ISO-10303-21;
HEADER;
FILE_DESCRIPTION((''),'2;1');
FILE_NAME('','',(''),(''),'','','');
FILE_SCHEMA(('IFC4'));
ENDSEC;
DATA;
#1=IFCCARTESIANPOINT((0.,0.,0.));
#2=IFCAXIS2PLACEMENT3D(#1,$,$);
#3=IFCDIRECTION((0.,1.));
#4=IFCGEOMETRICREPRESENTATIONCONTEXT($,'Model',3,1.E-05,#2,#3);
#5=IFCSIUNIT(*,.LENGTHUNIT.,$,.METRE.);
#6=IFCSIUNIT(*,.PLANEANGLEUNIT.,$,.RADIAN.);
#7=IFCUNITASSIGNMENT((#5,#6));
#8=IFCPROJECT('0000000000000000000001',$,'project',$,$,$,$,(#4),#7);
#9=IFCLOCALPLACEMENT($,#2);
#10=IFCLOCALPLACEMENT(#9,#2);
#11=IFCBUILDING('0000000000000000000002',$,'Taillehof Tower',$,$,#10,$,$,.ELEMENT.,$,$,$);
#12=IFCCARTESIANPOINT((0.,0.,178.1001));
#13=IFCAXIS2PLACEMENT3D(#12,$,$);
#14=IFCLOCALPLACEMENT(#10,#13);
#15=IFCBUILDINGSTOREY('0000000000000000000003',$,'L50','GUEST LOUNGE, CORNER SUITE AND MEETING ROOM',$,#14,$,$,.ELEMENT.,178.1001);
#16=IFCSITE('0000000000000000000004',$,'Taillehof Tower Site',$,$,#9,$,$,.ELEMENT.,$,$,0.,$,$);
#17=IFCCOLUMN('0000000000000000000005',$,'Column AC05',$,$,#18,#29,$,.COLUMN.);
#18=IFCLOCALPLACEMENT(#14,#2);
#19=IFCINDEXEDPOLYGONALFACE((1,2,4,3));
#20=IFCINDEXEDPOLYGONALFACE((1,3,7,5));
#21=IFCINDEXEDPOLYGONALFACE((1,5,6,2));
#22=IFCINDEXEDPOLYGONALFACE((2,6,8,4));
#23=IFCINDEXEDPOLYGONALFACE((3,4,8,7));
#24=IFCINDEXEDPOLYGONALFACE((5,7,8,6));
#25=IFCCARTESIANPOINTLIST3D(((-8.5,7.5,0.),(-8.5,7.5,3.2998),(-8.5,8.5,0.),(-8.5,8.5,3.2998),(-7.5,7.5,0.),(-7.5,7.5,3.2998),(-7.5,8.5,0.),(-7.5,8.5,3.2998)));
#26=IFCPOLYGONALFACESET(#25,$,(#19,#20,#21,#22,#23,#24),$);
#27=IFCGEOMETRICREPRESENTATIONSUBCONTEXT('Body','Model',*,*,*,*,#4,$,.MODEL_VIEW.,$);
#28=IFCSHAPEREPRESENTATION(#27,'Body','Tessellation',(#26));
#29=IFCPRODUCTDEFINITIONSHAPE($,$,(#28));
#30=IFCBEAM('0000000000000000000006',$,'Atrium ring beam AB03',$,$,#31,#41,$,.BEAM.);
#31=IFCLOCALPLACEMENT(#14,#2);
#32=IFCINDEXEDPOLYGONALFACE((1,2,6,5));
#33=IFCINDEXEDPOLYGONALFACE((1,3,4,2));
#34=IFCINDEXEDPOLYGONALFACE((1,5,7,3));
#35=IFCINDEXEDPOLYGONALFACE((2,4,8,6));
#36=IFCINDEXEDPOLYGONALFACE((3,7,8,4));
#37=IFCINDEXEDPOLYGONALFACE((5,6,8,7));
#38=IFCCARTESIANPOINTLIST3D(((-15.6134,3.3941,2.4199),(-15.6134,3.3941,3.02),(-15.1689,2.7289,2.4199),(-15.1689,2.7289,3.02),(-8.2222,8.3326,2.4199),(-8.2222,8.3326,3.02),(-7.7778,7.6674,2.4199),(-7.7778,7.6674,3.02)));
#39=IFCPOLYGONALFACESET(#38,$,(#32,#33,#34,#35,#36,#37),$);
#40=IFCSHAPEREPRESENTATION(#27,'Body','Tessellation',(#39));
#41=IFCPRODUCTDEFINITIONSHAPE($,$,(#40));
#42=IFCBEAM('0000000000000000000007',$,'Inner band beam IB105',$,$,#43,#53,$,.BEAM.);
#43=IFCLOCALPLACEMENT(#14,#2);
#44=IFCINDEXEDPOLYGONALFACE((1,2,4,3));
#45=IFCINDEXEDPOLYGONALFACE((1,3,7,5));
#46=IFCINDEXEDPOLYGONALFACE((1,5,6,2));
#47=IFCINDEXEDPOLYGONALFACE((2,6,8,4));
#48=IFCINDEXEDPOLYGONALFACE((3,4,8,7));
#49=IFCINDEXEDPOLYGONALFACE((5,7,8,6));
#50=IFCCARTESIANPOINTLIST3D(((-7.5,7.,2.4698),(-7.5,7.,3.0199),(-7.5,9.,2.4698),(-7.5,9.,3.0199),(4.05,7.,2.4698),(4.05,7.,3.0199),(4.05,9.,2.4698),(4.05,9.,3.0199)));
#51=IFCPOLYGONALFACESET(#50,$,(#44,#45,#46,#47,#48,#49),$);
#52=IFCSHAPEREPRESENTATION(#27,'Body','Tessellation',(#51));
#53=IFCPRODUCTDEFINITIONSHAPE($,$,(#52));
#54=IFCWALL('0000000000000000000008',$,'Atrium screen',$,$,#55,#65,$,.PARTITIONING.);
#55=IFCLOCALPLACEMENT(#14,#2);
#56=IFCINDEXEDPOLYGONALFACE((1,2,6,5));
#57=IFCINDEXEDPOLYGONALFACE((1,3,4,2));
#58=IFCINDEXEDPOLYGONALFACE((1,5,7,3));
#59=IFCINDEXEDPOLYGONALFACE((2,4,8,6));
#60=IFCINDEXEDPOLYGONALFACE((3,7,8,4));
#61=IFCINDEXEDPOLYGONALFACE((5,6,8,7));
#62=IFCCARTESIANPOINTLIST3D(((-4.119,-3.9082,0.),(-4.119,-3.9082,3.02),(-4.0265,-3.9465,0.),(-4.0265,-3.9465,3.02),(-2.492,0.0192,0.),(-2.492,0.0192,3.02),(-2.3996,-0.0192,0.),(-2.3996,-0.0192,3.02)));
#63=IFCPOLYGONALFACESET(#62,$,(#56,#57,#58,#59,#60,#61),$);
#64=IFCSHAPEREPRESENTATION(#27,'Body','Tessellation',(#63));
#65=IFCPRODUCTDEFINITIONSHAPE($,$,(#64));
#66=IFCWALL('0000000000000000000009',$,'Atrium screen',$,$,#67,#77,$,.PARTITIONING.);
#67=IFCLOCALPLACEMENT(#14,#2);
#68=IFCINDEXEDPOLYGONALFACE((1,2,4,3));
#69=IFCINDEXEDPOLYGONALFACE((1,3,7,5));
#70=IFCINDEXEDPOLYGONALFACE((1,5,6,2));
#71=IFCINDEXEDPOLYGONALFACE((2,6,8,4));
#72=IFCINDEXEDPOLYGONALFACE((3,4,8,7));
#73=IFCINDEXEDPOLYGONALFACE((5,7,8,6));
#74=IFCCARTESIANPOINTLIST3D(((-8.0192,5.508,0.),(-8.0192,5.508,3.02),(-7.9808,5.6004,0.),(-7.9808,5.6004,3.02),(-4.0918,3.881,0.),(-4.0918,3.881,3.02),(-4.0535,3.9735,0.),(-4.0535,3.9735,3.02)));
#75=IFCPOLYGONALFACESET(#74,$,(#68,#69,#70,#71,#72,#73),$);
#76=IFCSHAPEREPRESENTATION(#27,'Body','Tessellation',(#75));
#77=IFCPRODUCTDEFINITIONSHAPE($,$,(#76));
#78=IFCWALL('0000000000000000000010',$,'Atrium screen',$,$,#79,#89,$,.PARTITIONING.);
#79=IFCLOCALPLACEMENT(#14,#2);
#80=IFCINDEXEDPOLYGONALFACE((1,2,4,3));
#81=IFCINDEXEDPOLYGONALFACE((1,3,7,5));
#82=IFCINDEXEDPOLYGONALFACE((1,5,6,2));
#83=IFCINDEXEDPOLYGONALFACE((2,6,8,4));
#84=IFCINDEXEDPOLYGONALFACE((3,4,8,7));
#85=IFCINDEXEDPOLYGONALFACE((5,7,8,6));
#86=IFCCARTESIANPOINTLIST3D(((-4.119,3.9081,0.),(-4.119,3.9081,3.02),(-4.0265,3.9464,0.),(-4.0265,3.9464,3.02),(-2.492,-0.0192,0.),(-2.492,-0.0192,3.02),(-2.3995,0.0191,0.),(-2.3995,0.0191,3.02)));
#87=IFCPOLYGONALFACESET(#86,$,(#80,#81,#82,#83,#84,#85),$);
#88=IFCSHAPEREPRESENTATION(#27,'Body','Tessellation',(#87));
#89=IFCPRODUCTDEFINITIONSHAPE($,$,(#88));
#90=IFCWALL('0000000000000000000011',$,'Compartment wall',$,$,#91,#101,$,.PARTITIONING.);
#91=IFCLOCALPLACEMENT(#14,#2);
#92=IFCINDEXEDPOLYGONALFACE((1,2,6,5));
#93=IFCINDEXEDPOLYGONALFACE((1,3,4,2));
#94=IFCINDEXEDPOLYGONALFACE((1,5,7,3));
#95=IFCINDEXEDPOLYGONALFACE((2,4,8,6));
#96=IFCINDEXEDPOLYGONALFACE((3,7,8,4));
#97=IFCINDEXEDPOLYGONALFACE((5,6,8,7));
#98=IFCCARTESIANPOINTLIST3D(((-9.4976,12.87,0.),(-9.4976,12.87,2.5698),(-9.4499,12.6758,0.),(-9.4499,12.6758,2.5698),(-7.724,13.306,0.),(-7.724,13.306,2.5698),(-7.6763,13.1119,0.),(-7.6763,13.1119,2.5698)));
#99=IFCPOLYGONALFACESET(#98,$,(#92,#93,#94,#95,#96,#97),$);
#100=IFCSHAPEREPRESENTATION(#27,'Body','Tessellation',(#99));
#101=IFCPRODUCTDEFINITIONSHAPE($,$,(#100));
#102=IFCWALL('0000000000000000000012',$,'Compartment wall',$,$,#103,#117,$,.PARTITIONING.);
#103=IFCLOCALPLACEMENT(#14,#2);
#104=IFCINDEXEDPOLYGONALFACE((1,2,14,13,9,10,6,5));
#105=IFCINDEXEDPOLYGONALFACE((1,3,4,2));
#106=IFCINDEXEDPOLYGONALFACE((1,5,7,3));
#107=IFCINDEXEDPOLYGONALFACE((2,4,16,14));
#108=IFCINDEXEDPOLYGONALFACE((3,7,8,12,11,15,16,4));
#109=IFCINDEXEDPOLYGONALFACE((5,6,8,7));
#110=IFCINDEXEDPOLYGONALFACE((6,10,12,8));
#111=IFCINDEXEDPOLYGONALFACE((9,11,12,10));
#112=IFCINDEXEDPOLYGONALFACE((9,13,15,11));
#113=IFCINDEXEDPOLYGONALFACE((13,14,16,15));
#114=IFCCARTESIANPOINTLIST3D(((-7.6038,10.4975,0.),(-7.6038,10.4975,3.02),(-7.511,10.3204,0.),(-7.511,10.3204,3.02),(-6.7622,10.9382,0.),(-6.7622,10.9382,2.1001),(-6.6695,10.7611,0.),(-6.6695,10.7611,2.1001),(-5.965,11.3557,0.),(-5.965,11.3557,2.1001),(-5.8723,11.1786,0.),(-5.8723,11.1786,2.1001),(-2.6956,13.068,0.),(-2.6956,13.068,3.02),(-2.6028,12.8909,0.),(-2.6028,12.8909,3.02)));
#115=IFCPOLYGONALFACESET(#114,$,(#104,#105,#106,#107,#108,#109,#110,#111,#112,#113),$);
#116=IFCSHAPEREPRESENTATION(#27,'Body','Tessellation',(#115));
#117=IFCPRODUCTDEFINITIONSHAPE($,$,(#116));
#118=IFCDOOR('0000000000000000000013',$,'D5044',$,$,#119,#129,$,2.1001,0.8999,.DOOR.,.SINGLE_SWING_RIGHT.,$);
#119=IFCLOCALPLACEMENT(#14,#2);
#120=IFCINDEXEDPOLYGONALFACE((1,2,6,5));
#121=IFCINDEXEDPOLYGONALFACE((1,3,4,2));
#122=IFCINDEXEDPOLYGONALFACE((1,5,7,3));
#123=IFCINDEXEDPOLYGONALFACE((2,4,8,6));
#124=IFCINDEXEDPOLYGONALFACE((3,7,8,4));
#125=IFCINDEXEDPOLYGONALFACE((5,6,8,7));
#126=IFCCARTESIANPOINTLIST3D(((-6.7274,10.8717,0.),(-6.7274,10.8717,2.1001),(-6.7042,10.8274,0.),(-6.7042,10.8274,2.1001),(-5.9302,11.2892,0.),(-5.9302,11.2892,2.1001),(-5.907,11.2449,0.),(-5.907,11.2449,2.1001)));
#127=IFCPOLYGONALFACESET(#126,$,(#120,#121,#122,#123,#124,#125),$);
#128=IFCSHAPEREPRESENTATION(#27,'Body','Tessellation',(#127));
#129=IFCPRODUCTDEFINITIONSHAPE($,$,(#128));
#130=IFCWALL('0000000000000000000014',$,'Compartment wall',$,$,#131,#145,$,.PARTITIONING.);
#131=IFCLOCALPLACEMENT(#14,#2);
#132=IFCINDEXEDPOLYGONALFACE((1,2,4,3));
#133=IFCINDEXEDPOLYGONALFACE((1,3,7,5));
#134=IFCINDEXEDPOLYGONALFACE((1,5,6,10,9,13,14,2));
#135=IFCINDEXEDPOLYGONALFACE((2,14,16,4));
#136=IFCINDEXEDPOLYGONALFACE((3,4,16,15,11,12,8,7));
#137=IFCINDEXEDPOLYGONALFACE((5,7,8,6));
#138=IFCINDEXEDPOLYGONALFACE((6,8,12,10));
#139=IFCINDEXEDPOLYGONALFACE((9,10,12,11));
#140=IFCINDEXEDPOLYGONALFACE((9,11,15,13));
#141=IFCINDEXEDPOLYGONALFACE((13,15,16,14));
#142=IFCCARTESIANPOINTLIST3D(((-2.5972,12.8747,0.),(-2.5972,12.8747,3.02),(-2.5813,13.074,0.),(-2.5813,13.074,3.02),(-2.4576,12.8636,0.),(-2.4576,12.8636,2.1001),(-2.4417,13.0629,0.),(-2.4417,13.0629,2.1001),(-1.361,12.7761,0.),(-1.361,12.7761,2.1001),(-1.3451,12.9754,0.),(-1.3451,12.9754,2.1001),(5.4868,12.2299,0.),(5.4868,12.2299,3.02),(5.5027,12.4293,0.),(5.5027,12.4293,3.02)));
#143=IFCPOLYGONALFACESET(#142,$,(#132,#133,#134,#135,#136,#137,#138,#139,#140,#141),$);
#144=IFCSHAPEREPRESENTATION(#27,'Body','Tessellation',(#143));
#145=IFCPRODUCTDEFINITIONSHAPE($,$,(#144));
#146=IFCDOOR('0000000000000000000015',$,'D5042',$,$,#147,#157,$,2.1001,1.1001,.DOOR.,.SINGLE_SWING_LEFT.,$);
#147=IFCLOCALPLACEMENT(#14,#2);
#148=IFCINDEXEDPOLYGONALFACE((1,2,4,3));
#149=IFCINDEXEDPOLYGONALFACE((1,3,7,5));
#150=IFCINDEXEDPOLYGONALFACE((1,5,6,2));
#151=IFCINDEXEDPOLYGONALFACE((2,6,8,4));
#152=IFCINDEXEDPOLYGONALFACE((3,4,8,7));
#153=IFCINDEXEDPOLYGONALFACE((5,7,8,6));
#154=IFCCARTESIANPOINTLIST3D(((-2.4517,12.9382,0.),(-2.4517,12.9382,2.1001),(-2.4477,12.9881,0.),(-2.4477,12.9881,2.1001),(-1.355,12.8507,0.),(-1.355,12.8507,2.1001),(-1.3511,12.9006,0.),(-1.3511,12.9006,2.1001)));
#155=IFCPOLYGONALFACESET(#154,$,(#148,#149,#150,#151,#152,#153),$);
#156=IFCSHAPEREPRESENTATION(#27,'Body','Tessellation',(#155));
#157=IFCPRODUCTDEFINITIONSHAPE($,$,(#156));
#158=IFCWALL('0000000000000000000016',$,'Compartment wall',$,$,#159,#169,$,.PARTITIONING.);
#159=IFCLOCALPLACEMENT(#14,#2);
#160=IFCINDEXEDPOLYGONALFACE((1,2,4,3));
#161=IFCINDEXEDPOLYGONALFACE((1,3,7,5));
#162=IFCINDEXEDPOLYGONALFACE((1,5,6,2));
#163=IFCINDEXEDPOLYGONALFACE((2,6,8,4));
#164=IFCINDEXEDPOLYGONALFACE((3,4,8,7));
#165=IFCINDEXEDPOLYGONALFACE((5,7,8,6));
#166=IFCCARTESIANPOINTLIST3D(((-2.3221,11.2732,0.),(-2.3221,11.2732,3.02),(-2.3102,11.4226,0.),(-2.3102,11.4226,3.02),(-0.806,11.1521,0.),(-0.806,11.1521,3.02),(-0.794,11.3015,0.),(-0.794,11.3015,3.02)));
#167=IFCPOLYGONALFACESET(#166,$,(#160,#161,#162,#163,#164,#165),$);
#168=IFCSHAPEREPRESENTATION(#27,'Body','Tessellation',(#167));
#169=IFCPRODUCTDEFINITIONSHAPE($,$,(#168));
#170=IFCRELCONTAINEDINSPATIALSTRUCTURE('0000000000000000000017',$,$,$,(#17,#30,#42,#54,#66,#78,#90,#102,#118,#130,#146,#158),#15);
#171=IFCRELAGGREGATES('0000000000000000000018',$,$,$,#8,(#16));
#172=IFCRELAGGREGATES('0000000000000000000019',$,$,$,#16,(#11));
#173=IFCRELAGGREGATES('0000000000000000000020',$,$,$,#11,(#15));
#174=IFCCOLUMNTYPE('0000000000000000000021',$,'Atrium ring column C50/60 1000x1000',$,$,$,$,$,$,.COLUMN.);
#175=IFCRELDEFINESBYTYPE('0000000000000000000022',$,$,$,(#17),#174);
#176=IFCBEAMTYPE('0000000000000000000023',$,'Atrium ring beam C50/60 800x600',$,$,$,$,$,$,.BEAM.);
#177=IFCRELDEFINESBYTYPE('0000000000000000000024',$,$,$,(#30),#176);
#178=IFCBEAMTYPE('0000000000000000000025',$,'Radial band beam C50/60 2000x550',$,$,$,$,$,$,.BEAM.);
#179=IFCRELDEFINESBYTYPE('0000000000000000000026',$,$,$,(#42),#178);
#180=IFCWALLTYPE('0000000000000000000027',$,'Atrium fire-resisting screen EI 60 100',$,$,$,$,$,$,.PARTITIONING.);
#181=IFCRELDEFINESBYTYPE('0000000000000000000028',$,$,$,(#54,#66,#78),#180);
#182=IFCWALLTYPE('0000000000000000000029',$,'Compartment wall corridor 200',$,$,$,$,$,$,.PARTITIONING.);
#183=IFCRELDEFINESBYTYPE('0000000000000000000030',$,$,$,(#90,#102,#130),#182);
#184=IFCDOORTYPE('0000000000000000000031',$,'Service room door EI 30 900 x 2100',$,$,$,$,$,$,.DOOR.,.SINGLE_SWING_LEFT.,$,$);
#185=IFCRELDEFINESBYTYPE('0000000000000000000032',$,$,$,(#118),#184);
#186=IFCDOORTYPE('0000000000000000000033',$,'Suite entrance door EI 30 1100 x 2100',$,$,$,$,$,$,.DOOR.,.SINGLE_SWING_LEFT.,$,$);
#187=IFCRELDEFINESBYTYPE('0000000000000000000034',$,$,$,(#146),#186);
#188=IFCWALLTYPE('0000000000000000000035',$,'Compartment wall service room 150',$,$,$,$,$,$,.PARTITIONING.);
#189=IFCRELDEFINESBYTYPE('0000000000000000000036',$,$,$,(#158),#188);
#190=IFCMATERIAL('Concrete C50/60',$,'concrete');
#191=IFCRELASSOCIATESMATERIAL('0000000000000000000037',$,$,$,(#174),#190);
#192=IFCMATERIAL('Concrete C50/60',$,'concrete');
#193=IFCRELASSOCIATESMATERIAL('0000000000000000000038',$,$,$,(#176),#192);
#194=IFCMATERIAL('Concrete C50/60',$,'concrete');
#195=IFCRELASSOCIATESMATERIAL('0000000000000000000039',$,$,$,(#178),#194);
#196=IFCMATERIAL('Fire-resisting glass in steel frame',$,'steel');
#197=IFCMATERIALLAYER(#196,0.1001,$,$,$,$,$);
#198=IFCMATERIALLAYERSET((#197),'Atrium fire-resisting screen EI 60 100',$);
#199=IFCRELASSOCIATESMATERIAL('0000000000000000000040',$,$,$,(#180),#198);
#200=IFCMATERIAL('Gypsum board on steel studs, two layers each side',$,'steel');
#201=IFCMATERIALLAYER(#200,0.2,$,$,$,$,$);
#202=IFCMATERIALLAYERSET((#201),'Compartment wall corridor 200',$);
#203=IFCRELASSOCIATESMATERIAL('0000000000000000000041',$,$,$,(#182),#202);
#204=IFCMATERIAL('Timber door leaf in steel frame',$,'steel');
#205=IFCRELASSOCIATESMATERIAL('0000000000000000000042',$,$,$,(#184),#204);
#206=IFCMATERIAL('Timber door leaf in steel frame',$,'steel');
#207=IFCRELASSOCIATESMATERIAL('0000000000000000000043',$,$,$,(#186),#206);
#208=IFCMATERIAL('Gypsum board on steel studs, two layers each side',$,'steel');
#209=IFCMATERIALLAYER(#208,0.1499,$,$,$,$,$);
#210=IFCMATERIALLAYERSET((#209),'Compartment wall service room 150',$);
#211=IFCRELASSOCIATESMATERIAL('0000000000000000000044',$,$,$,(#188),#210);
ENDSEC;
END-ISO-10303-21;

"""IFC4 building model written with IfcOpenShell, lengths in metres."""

from ifc_helpers import new_model, si_unit, direction, frame, frame_2d, origin, origin_2d, place, context, subcontext, project, spatial, rectangle, extrude, material, layer, layer_set, material_profile, profile_set, type_object, element, fill, save


model = new_model("IFC4")

# Units and contexts
model_context = context("Model", 3, precision=1e-05, world=origin(), true_north=direction((0.0, 1.0)))
body_context = subcontext(model_context, "Body", "Model", "MODEL_VIEW")
ifc_project = project(units=[si_unit("LENGTHUNIT", "METRE"), si_unit("PLANEANGLEUNIT", "RADIAN")], contexts=[model_context])

# Site, building, storey
site_placement = place(None, origin())
site = spatial("IfcSite", under=ifc_project, at=site_placement, Name="Taillehof Tower Site", CompositionType="ELEMENT", RefElevation=0.0)
building_placement = place(site_placement, origin())
building = spatial("IfcBuilding", under=site, at=building_placement, Name="Taillehof Tower", CompositionType="ELEMENT")
storey_placement = place(building_placement, frame((0.0, 0.0, 178.1001)))
storey = spatial("IfcBuildingStorey", under=building, at=storey_placement, Name="L50", Description="GUEST LOUNGE, CORNER SUITE AND MEETING ROOM", CompositionType="ELEMENT", Elevation=178.1001)

# Column
ifc_material_1 = material(Name="Concrete C50/60", Category="concrete")
ifc_material_profile_1 = material_profile(ifc_material_1, rectangle(XDim=1.0, YDim=1.0, at=origin_2d()), Name="RC 1000x1000")
ifc_profile_set_1 = profile_set([ifc_material_profile_1], Name="Concrete C50/60")
column_type = type_object("IfcColumnType", Name="Atrium ring column C50/60 1000x1000", PredefinedType="COLUMN", material=ifc_profile_set_1)
column_placement = place(storey_placement, frame((-8.0, 8.0, 0.0), z_axis=(0.0, 0.0, 1.0), x_axis=(1.0, 0.0, 0.0)))
element("IfcColumn", 1, at=column_placement, inside=storey, type_object=column_type, Name="Column AC05", PredefinedType="COLUMN", context=body_context, shape_type="SweptSolid", body=[
    extrude(rectangle(XDim=1.0, YDim=1.0, at=origin_2d()), origin(), (0.0, 0.0, 1.0), 3.2998),
])

# Beams
ifc_material_2 = material(Name="Concrete C50/60", Category="concrete")
ifc_material_profile_2 = material_profile(ifc_material_2, rectangle(XDim=0.8, YDim=0.6001, at=origin_2d()), Name="RC 800x600")
ifc_profile_set_2 = profile_set([ifc_material_profile_2], Name="Concrete C50/60")
beam_type_1 = type_object("IfcBeamType", Name="Atrium ring beam C50/60 800x600", PredefinedType="BEAM", material=ifc_profile_set_2)
beam_1_placement = place(storey_placement, frame((-8.0, 8.0, 2.72), z_axis=(-0.831475, -0.555562, 0.0), x_axis=(0.555562, -0.831475, 0.0)))
element("IfcBeam", 2, at=beam_1_placement, inside=storey, type_object=beam_type_1, Name="Atrium ring beam AB03", PredefinedType="BEAM", context=body_context, shape_type="SweptSolid", body=[
    extrude(rectangle(XDim=0.8, YDim=0.6001, at=origin_2d()), origin(), (0.0, 0.0, 1.0), 8.8892),
])
ifc_material_3 = material(Name="Concrete C50/60", Category="concrete")
ifc_material_profile_3 = material_profile(ifc_material_3, rectangle(XDim=2.0, YDim=0.55, at=origin_2d()), Name="RC 2000x550")
ifc_profile_set_3 = profile_set([ifc_material_profile_3], Name="Concrete C50/60")
beam_type_2 = type_object("IfcBeamType", Name="Radial band beam C50/60 2000x550", PredefinedType="BEAM", material=ifc_profile_set_3)
beam_2_placement = place(storey_placement, frame((-7.5, 8.0, 2.7449), z_axis=(1.0, 0.0, 0.0), x_axis=(0.0, 1.0, 0.0)))
element("IfcBeam", 3, at=beam_2_placement, inside=storey, type_object=beam_type_2, Name="Inner band beam IB105", PredefinedType="BEAM", context=body_context, shape_type="SweptSolid", body=[
    extrude(rectangle(XDim=2.0, YDim=0.55, at=origin_2d()), origin(), (0.0, 0.0, 1.0), 11.55),
])

# Walls
ifc_material_4 = material(Name="Fire-resisting glass in steel frame", Category="steel")
ifc_layer_1 = layer(ifc_material_4, 0.1001)
ifc_layer_set_1 = layer_set([ifc_layer_1], Name="Atrium fire-resisting screen EI 60 100")
wall_type_1 = type_object("IfcWallType", Name="Atrium fire-resisting screen EI 60 100", PredefinedType="PARTITIONING", material=ifc_layer_set_1)
for number, where, z_axis, x_axis, name in (
    (4, (-2.4458, 0.0, 0.0), (0.0, 0.0, 1.0), (-0.382731, -0.92386, 0.0), "Atrium screen"),
    (5, (-8.0, 5.5542, 0.0), (0.0, 0.0, 1.0), (0.92386, -0.382731, 0.0), "Atrium screen"),
    (6, (-4.0728, 3.9272, 0.0), (0.0, 0.0, 1.0), (0.382731, -0.92386, 0.0), "Atrium screen"),
):
    element("IfcWall", number, at=place(storey_placement, frame(where, z_axis=z_axis, x_axis=x_axis)), inside=storey, type_object=wall_type_1, Name=name, PredefinedType="PARTITIONING", context=body_context, shape_type="SweptSolid", body=[
        extrude(rectangle(XDim=4.251, YDim=0.1001, at=frame_2d((2.1255, 0.0))), origin(), (0.0, 0.0, 1.0), 3.02),
    ])
ifc_material_5 = material(Name="Gypsum board on steel studs, two layers each side", Category="steel")
ifc_layer_2 = layer(ifc_material_5, 0.2)
ifc_layer_set_2 = layer_set([ifc_layer_2], Name="Compartment wall corridor 200")
wall_type_2 = type_object("IfcWallType", Name="Compartment wall corridor 200", PredefinedType="PARTITIONING", material=ifc_layer_set_2)
wall_1_placement = place(storey_placement, frame((-9.4736, 12.7729, 0.0), z_axis=(0.0, 0.0, 1.0), x_axis=(0.971086, 0.238728, 0.0)))
element("IfcWall", 7, at=wall_1_placement, inside=storey, type_object=wall_type_2, Name="Compartment wall", PredefinedType="PARTITIONING", context=body_context, shape_type="SweptSolid", body=[
    extrude(rectangle(XDim=1.8264, YDim=0.2, at=frame_2d((0.9131, 0.0))), origin(), (0.0, 0.0, 1.0), 2.5698),
])

# Walls, openings, doors
wall_2_placement = place(storey_placement, frame((-7.5574, 10.4089, 0.0), z_axis=(0.0, 0.0, 1.0), x_axis=(0.885862, 0.463949, 0.0)))
wall_2 = element("IfcWall", 8, at=wall_2_placement, inside=storey, type_object=wall_type_2, Name="Compartment wall", PredefinedType="PARTITIONING", context=body_context, shape_type="SweptSolid", body=[
    extrude(rectangle(XDim=5.5405, YDim=0.2, at=frame_2d((2.7703, 0.0))), origin(), (0.0, 0.0, 1.0), 3.02),
])
opening_1_placement = place(wall_2_placement, frame((0.95, 0.0, 0.0)))
opening_1 = element("IfcOpeningElement", 9, at=opening_1_placement, cuts=wall_2, PredefinedType="OPENING", context=body_context, shape_type="SweptSolid", body=[
    extrude(rectangle(XDim=0.8999, YDim=2.1001, at=frame_2d((0.45, 1.05))), frame((0.0, 0.1099, 0.0), z_axis=(0.0, -1.0, 0.0), x_axis=(1.0, 0.0, 0.0)), (0.0, 0.0, 1.0), 0.22),
])
ifc_material_6 = material(Name="Timber door leaf in steel frame", Category="steel")
door_type_1 = type_object("IfcDoorType", Name="Service room door EI 30 900 x 2100", OperationType="SINGLE_SWING_LEFT", PredefinedType="DOOR", material=ifc_material_6)
door_1_placement = place(opening_1_placement, origin())
door_1 = element("IfcDoor", 10, at=door_1_placement, inside=storey, type_object=door_type_1, Name="D5044", OperationType="SINGLE_SWING_RIGHT", OverallHeight=2.1001, OverallWidth=0.8999, PredefinedType="DOOR", context=body_context, shape_type="SweptSolid", body=[
    extrude(rectangle(XDim=0.8999, YDim=2.1001, at=frame_2d((0.45, 1.05))), frame((0.0, 0.0249, 0.0), z_axis=(0.0, -1.0, 0.0), x_axis=(1.0, 0.0, 0.0)), (0.0, 0.0, 1.0), 0.05),
])
fill(opening_1, door_1)
wall_3_placement = place(storey_placement, frame((-2.5891, 12.9744, 0.0), z_axis=(0.0, 0.0, 1.0), x_axis=(0.996834, -0.079507, 0.0)))
wall_3 = element("IfcWall", 11, at=wall_3_placement, inside=storey, type_object=wall_type_2, Name="Compartment wall", PredefinedType="PARTITIONING", context=body_context, shape_type="SweptSolid", body=[
    extrude(rectangle(XDim=8.1096, YDim=0.2, at=frame_2d((4.0547, 0.0))), origin(), (0.0, 0.0, 1.0), 3.02),
])
opening_2_placement = place(wall_3_placement, frame((0.1399, 0.0, 0.0)))
opening_2 = element("IfcOpeningElement", 12, at=opening_2_placement, cuts=wall_3, PredefinedType="OPENING", context=body_context, shape_type="SweptSolid", body=[
    extrude(rectangle(XDim=1.1001, YDim=2.1001, at=frame_2d((0.55, 1.05))), frame((0.0, 0.1099, 0.0), z_axis=(0.0, -1.0, 0.0), x_axis=(1.0, 0.0, 0.0)), (0.0, 0.0, 1.0), 0.22),
])
ifc_material_7 = material(Name="Timber door leaf in steel frame", Category="steel")
door_type_2 = type_object("IfcDoorType", Name="Suite entrance door EI 30 1100 x 2100", OperationType="SINGLE_SWING_LEFT", PredefinedType="DOOR", material=ifc_material_7)
door_2_placement = place(opening_2_placement, origin())
door_2 = element("IfcDoor", 13, at=door_2_placement, inside=storey, type_object=door_type_2, Name="D5042", OperationType="SINGLE_SWING_LEFT", OverallHeight=2.1001, OverallWidth=1.1001, PredefinedType="DOOR", context=body_context, shape_type="SweptSolid", body=[
    extrude(rectangle(XDim=1.1001, YDim=2.1001, at=frame_2d((0.55, 1.05))), frame((0.0, 0.0249, 0.0), z_axis=(0.0, -1.0, 0.0), x_axis=(1.0, 0.0, 0.0)), (0.0, 0.0, 1.0), 0.05),
])
fill(opening_2, door_2)

# Wall
ifc_material_8 = material(Name="Gypsum board on steel studs, two layers each side", Category="steel")
ifc_layer_3 = layer(ifc_material_8, 0.1499)
ifc_layer_set_3 = layer_set([ifc_layer_3], Name="Compartment wall service room 150")
wall_type_3 = type_object("IfcWallType", Name="Compartment wall service room 150", PredefinedType="PARTITIONING", material=ifc_layer_set_3)
wall_4_placement = place(storey_placement, frame((-2.3162, 11.3479, 0.0), z_axis=(0.0, 0.0, 1.0), x_axis=(0.996825, -0.079618, 0.0)))
element("IfcWall", 14, at=wall_4_placement, inside=storey, type_object=wall_type_3, Name="Compartment wall", PredefinedType="PARTITIONING", context=body_context, shape_type="SweptSolid", body=[
    extrude(rectangle(XDim=1.521, YDim=0.1499, at=frame_2d((0.7605, 0.0))), origin(), (0.0, 0.0, 1.0), 3.02),
])

save(model, "model.ifc")
